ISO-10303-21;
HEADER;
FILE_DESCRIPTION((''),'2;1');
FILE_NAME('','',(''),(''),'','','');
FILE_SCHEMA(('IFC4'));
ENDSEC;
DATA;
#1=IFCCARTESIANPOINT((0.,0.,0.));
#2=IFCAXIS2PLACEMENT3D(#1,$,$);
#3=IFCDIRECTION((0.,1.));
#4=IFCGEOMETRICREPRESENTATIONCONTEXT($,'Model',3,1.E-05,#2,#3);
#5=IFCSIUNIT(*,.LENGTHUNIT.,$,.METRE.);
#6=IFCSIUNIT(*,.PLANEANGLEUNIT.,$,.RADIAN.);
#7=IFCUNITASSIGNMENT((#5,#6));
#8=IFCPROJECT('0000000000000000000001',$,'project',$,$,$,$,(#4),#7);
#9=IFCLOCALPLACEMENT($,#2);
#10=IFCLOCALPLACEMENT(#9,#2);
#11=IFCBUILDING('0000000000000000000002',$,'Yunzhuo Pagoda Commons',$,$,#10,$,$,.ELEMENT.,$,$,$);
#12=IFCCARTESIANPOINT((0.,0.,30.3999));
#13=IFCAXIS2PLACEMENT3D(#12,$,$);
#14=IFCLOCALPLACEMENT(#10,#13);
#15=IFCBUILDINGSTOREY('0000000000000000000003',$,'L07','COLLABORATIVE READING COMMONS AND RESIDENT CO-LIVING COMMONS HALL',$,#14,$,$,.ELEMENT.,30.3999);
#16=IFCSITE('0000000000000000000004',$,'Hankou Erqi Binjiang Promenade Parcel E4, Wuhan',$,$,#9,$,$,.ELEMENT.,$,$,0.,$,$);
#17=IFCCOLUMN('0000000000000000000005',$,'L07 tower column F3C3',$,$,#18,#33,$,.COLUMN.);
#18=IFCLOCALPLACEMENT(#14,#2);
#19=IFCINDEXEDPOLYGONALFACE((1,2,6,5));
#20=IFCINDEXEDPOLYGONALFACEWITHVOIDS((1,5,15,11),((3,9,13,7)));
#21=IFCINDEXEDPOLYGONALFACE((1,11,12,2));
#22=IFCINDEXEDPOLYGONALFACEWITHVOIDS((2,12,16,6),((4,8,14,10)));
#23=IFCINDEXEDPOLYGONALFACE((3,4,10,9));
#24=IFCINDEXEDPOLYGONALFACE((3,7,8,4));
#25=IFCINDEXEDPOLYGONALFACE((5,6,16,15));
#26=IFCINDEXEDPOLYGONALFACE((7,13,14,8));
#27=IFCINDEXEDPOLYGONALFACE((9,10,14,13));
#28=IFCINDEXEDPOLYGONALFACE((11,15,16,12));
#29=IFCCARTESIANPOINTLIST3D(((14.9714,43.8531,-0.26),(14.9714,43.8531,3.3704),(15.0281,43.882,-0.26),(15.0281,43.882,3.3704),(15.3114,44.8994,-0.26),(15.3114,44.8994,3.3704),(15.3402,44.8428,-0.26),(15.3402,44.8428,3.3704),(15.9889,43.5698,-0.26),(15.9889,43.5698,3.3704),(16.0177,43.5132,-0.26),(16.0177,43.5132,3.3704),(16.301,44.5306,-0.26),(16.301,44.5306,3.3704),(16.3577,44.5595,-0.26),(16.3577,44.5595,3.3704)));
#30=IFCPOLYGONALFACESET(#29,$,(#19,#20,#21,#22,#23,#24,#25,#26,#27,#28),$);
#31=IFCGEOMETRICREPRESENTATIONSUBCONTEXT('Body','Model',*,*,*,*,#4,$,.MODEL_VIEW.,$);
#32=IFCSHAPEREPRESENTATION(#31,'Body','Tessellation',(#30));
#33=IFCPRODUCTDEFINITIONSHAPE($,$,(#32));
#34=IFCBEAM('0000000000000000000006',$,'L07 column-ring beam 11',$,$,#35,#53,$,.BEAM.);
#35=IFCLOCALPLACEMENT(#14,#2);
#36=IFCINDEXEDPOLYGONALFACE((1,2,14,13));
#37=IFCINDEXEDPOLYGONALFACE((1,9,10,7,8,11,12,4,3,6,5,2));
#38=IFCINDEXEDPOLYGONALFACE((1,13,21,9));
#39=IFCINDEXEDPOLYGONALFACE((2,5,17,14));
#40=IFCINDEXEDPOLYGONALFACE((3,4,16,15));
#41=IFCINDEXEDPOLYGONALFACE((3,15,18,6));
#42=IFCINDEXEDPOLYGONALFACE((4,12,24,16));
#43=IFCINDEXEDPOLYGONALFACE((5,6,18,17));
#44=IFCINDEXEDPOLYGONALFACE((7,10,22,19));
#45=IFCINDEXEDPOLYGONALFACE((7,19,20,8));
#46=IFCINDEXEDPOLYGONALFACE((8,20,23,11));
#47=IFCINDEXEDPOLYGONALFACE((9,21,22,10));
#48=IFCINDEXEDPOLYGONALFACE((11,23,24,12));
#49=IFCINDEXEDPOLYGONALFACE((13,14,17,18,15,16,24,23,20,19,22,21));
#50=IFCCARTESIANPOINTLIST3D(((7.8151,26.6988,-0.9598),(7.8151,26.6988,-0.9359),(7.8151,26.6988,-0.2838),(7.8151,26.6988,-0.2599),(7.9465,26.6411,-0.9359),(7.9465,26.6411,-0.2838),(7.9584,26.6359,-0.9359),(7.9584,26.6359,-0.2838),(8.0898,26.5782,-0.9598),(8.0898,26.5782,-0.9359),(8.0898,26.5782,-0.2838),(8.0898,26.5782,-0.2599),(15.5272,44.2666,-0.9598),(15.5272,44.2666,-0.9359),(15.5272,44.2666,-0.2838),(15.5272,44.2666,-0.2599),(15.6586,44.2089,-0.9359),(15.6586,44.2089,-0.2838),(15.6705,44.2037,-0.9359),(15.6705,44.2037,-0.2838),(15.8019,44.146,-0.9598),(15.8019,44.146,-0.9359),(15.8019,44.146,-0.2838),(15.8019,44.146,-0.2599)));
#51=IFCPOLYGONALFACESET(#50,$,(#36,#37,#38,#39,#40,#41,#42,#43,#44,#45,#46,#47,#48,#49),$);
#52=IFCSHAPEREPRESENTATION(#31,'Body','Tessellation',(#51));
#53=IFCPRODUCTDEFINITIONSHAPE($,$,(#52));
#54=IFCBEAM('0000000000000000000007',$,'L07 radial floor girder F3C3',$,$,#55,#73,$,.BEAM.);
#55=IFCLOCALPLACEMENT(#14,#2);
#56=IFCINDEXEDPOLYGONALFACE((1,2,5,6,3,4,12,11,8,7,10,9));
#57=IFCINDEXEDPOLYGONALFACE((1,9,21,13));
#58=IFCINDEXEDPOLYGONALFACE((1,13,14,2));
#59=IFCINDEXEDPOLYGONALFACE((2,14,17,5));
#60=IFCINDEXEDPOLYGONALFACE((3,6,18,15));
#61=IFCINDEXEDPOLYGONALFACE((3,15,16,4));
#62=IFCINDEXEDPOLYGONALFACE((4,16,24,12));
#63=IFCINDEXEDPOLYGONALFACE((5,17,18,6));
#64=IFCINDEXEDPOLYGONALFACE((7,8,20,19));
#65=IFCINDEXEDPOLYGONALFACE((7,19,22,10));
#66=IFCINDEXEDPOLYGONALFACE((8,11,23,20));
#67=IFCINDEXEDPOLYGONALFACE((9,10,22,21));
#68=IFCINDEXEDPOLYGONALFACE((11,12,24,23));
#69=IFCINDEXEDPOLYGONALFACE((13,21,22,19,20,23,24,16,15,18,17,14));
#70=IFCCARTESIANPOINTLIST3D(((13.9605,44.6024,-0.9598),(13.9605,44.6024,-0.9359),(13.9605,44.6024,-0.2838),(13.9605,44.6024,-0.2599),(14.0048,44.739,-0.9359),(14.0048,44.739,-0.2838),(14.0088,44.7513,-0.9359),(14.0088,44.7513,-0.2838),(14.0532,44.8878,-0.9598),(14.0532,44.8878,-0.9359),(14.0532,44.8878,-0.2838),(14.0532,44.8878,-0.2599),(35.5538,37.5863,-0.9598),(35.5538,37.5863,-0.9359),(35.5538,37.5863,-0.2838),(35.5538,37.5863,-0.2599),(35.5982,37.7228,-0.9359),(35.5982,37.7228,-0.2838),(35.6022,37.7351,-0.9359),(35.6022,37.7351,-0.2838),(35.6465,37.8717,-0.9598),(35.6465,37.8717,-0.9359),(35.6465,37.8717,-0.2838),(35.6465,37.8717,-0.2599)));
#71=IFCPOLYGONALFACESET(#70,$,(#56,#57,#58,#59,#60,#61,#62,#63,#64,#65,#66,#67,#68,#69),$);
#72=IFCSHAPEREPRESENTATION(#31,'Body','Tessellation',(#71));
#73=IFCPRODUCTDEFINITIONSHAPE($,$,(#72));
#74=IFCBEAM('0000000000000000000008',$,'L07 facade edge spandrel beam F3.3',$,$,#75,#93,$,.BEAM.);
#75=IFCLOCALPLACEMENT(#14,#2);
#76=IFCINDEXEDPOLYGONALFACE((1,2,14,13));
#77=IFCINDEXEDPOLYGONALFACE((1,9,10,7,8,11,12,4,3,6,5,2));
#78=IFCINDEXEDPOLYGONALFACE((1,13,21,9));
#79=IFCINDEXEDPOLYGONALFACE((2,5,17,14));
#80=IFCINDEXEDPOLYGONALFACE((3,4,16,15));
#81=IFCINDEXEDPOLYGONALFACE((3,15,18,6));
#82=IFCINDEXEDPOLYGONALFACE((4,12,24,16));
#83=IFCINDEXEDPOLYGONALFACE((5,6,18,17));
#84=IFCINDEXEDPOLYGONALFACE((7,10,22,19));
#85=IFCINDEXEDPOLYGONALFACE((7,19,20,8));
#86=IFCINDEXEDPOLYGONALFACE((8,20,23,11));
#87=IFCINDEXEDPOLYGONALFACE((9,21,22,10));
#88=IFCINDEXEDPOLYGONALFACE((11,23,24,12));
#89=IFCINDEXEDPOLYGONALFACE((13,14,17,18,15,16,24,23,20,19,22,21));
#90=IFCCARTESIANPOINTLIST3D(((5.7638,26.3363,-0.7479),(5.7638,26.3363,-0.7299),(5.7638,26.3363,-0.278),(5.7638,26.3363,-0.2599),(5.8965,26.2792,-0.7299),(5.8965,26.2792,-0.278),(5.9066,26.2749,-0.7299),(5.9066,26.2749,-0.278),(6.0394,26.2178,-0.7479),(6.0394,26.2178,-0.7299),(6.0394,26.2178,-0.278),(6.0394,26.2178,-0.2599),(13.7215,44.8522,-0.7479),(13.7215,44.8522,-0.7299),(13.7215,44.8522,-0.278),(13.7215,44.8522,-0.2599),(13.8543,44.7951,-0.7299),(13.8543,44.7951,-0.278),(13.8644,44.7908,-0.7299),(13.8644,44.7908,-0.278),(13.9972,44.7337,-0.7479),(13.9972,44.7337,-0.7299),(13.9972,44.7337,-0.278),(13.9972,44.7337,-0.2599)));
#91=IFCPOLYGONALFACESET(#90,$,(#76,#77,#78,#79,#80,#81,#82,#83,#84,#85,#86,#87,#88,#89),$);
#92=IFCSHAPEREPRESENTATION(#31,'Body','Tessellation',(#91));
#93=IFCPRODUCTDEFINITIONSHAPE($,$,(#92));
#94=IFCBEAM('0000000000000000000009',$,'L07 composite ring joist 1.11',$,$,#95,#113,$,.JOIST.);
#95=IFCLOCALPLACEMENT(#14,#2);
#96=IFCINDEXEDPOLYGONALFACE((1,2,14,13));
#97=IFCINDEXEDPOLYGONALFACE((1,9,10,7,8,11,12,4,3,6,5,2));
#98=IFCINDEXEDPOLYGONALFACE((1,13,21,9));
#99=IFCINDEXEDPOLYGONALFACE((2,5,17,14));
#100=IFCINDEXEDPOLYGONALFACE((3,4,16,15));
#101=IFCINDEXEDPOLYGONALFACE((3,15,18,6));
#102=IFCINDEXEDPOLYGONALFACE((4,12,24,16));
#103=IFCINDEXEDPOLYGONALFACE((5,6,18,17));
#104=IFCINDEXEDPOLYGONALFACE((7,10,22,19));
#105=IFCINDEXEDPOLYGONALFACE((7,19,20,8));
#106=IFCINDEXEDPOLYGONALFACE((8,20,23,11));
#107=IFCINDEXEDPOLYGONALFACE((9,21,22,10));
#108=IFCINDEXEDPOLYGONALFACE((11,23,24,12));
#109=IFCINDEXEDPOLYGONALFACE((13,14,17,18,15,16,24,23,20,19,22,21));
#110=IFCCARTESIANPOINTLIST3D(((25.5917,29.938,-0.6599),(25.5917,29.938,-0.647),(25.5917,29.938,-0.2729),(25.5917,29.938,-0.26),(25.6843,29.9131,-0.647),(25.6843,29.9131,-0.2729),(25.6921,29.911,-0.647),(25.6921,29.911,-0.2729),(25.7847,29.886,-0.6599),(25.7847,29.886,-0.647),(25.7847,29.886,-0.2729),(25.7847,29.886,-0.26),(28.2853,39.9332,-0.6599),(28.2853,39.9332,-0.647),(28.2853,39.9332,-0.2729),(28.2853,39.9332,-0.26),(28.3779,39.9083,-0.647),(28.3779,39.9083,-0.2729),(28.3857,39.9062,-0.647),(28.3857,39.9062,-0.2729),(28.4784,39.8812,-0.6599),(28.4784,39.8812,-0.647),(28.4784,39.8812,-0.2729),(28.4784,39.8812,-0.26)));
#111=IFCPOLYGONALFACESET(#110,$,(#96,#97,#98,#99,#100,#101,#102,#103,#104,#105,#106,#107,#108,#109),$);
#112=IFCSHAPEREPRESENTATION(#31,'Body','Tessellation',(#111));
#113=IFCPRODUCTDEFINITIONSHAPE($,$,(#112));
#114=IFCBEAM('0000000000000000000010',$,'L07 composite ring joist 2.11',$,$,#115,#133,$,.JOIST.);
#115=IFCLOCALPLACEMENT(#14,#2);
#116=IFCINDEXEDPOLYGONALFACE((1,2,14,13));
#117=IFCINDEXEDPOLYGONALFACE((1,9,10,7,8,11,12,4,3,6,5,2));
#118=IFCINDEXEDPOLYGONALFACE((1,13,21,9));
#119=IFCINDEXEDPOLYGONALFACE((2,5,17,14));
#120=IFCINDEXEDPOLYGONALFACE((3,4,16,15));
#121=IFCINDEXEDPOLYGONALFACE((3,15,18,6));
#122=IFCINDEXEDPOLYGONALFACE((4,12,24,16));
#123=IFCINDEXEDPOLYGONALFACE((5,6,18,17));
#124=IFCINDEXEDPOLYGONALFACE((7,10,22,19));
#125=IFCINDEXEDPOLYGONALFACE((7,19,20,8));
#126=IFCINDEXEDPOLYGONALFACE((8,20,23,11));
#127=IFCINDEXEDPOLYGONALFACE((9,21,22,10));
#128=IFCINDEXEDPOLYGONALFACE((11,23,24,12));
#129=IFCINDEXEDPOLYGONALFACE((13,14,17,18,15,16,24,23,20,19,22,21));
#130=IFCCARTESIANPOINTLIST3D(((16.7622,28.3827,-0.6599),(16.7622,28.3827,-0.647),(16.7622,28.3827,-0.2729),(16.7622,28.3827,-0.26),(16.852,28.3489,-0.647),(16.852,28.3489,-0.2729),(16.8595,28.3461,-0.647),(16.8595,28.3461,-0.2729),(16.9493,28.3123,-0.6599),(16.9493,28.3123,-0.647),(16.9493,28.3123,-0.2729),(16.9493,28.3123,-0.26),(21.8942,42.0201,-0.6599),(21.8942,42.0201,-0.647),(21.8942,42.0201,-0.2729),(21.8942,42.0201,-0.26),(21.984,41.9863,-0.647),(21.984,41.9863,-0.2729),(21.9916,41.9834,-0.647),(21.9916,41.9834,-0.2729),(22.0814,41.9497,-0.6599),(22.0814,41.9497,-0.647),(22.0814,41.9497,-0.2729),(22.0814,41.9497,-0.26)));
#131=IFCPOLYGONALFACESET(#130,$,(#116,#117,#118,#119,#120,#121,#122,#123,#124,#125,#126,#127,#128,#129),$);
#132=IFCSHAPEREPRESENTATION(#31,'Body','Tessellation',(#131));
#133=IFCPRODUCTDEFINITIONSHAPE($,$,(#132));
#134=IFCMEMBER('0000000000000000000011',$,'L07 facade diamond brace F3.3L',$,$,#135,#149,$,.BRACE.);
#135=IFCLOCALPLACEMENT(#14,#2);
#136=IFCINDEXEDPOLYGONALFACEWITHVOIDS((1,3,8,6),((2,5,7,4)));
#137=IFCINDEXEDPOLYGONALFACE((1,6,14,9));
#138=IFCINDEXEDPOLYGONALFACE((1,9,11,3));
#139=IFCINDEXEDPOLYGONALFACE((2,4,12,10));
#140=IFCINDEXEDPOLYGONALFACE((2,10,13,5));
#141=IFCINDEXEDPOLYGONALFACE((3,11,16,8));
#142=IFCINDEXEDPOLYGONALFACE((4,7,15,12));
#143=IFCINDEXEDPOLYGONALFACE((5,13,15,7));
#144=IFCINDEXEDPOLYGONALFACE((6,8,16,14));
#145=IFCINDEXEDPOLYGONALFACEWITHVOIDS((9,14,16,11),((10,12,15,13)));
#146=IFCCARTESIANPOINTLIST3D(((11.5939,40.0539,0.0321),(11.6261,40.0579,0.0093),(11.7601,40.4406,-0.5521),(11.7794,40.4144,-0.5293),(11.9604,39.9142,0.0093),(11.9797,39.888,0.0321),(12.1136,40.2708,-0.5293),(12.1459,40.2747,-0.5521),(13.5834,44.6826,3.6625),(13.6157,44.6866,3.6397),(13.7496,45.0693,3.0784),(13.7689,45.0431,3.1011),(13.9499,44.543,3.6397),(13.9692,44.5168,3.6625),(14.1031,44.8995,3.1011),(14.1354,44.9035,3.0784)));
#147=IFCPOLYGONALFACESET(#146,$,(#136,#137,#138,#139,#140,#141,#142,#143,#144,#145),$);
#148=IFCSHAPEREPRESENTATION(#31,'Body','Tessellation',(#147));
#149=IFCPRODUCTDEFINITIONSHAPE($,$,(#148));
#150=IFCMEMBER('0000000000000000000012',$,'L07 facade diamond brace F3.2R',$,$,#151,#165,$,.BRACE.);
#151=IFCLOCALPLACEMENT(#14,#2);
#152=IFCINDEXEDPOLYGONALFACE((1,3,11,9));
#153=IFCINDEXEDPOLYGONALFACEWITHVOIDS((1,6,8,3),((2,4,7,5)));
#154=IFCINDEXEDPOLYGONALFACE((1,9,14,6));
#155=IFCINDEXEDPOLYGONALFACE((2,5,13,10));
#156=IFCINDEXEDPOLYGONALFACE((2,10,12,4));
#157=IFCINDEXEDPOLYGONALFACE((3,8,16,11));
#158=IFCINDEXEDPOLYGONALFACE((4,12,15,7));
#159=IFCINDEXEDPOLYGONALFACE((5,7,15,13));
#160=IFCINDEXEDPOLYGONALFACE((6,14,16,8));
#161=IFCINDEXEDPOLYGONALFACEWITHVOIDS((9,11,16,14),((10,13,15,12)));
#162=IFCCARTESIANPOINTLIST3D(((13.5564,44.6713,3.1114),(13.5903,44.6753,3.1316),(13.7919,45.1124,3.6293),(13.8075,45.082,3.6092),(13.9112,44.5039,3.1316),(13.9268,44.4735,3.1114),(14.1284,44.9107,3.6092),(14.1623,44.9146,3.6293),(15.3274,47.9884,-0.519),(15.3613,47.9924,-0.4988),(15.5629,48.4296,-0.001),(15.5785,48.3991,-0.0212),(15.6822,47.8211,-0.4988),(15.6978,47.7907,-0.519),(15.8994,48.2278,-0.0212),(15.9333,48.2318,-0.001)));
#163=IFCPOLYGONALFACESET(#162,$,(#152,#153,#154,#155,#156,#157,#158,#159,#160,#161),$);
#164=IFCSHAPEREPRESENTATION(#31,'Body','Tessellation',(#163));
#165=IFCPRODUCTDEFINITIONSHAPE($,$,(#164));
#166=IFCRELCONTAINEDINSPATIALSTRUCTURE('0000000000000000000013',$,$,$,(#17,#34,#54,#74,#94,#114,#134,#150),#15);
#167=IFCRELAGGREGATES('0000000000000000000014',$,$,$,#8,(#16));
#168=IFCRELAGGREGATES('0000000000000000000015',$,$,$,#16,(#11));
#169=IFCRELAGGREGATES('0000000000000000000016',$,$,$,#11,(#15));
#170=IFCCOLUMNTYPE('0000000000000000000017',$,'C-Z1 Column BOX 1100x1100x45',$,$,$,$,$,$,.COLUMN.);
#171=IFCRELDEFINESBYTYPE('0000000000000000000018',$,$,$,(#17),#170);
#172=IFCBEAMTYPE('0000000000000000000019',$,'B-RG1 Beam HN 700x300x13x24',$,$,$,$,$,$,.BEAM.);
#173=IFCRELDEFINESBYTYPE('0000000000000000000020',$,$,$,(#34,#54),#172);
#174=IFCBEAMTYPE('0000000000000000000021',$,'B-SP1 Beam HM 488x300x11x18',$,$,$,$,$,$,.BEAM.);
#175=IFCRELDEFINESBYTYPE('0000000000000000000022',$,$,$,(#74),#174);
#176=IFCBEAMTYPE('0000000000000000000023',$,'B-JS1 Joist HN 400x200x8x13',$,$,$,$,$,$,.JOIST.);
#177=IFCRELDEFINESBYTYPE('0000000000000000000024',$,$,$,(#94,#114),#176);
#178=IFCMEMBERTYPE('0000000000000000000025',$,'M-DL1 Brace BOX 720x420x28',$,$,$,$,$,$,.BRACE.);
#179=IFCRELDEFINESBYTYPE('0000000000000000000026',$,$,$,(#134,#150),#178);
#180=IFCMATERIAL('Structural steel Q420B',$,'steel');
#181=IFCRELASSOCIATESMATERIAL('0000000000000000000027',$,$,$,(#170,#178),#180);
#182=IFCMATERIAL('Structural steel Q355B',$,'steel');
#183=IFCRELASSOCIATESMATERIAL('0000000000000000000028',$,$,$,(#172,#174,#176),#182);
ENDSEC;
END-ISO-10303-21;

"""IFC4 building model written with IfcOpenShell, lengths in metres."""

from ifc_helpers import new_model, si_unit, direction, frame, origin, origin_2d, place, context, subcontext, project, spatial, hollow_rectangle, i_section, extrude, source, transform, mapped, material, material_profile, profile_set, type_object, element, save


model = new_model("IFC4")

# Units and contexts
model_context = context("Model", 3, precision=1e-05, world=origin(), true_north=direction((0.0, 1.0)))
body_context = subcontext(model_context, "Body", "Model", "MODEL_VIEW")
ifc_project = project(units=[si_unit("LENGTHUNIT", "METRE"), si_unit("PLANEANGLEUNIT", "RADIAN")], contexts=[model_context])

# Site, building, storey
site_placement = place(None, origin())
site = spatial("IfcSite", under=ifc_project, at=site_placement, Name="Hankou Erqi Binjiang Promenade Parcel E4, Wuhan", CompositionType="ELEMENT", RefElevation=0.0)
building_placement = place(site_placement, origin())
building = spatial("IfcBuilding", under=site, at=building_placement, Name="Yunzhuo Pagoda Commons", CompositionType="ELEMENT")
storey_placement = place(building_placement, frame((0.0, 0.0, 30.3999)))
storey = spatial("IfcBuildingStorey", under=building, at=storey_placement, Name="L07", Description="COLLABORATIVE READING COMMONS AND RESIDENT CO-LIVING COMMONS HALL", CompositionType="ELEMENT", Elevation=30.3999)

# Column
ifc_material_1 = material(Name="Structural steel Q420B", Category="steel")
ifc_material_profile_1 = material_profile(ifc_material_1, hollow_rectangle(XDim=1.1001, YDim=1.1001, WallThickness=0.0449, at=origin_2d()), Name="Structural steel Q420B")
ifc_profile_set_1 = profile_set([ifc_material_profile_1], Name="Structural steel Q420B")
column_type = type_object("IfcColumnType", Name="C-Z1 Column BOX 1100x1100x45", PredefinedType="COLUMN", material=ifc_profile_set_1)
shared_shape_1 = source(origin(), body_context, "Body", "SweptSolid", [
    extrude(hollow_rectangle(XDim=1.1001, YDim=1.1001, WallThickness=0.0449, at=origin_2d()), origin(), (0.0, 0.0, 1.0), 3.6304),
])
column_placement = place(storey_placement, frame((15.6646, 44.2063, -0.26), z_axis=(0.0, 0.0, 1.0), x_axis=(-0.309017, -0.951057, 0.0)))
element("IfcColumn", 1, at=column_placement, inside=storey, type_object=column_type, Name="L07 tower column F3C3", PredefinedType="COLUMN", context=body_context, shape_type="MappedRepresentation", body=[
    mapped(shared_shape_1, transform((0.0, 0.0, 0.0), scale=1.0)),
])

# Beams
ifc_material_2 = material(Name="Structural steel Q355B", Category="steel")
ifc_material_profile_2 = material_profile(ifc_material_2, i_section(OverallWidth=0.3, OverallDepth=0.7, WebThickness=0.0129, FlangeThickness=0.0239, at=origin_2d()), Name="Structural steel Q355B")
ifc_profile_set_2 = profile_set([ifc_material_profile_2], Name="Structural steel Q355B")
beam_type_1 = type_object("IfcBeamType", Name="B-RG1 Beam HN 700x300x13x24", PredefinedType="BEAM", material=ifc_profile_set_2)
shared_shape_2 = source(origin(), body_context, "Body", "SweptSolid", [
    extrude(i_section(OverallWidth=0.3, OverallDepth=0.7, WebThickness=0.0129, FlangeThickness=0.0239, at=origin_2d()), origin(), (0.0, 0.0, 1.0), 19.186),
])
beam_1_placement = place(storey_placement, frame((15.6646, 44.2063, -0.6099), z_axis=(-0.401965, -0.915655, 0.0), x_axis=(0.915655, -0.401965, 0.0)))
element("IfcBeam", 2, at=beam_1_placement, inside=storey, type_object=beam_type_1, Name="L07 column-ring beam 11", PredefinedType="BEAM", context=body_context, shape_type="MappedRepresentation", body=[
    mapped(shared_shape_2, transform((0.0, 0.0, 0.0), scale=1.0)),
])
shared_shape_3 = source(origin(), body_context, "Body", "SweptSolid", [
    extrude(i_section(OverallWidth=0.3, OverallDepth=0.7, WebThickness=0.0129, FlangeThickness=0.0239, at=origin_2d()), origin(), (0.0, 0.0, 1.0), 22.7046),
])
beam_2_placement = place(storey_placement, frame((14.0068, 44.7451, -0.6099), z_axis=(0.951056, -0.309018, 0.0), x_axis=(0.309018, 0.951056, 0.0)))
element("IfcBeam", 3, at=beam_2_placement, inside=storey, type_object=beam_type_1, Name="L07 radial floor girder F3C3", PredefinedType="BEAM", context=body_context, shape_type="MappedRepresentation", body=[
    mapped(shared_shape_3, transform((0.0, 0.0, 0.0), scale=1.0)),
])
ifc_material_profile_3 = material_profile(ifc_material_2, i_section(OverallWidth=0.3, OverallDepth=0.488, WebThickness=0.011, FlangeThickness=0.0181, at=origin_2d()), Name="Structural steel Q355B")
ifc_profile_set_3 = profile_set([ifc_material_profile_3], Name="Structural steel Q355B")
beam_type_2 = type_object("IfcBeamType", Name="B-SP1 Beam HM 488x300x11x18", PredefinedType="BEAM", material=ifc_profile_set_3)
shared_shape_4 = source(origin(), body_context, "Body", "SweptSolid", [
    extrude(i_section(OverallWidth=0.3, OverallDepth=0.488, WebThickness=0.011, FlangeThickness=0.0181, at=origin_2d()), origin(), (0.0, 0.0, 1.0), 20.1536),
])
beam_3_placement = place(storey_placement, frame((13.8594, 44.793, -0.5039), z_axis=(-0.394858, -0.918742, 0.0), x_axis=(0.918742, -0.394858, 0.0)))
element("IfcBeam", 4, at=beam_3_placement, inside=storey, type_object=beam_type_2, Name="L07 facade edge spandrel beam F3.3", PredefinedType="BEAM", context=body_context, shape_type="MappedRepresentation", body=[
    mapped(shared_shape_4, transform((0.0, 0.0, 0.0), scale=1.0)),
])
ifc_material_profile_4 = material_profile(ifc_material_2, i_section(OverallWidth=0.2, OverallDepth=0.3999, WebThickness=0.0081, FlangeThickness=0.0129, at=origin_2d()), Name="Structural steel Q355B")
ifc_profile_set_4 = profile_set([ifc_material_profile_4], Name="Structural steel Q355B")
beam_type_3 = type_object("IfcBeamType", Name="B-JS1 Joist HN 400x200x8x13", PredefinedType="JOIST", material=ifc_profile_set_4)
shared_shape_5 = source(origin(), body_context, "Body", "SweptSolid", [
    extrude(i_section(OverallWidth=0.2, OverallDepth=0.3999, WebThickness=0.0081, FlangeThickness=0.0129, at=origin_2d()), origin(), (0.0, 0.0, 1.0), 10.3518),
])
beam_4_placement = place(storey_placement, frame((28.3818, 39.9072, -0.46), z_axis=(-0.260209, -0.965552, 0.0), x_axis=(0.965552, -0.260209, 0.0)))
element("IfcBeam", 5, at=beam_4_placement, inside=storey, type_object=beam_type_3, Name="L07 composite ring joist 1.11", PredefinedType="JOIST", context=body_context, shape_type="MappedRepresentation", body=[
    mapped(shared_shape_5, transform((0.0, 0.0, 0.0), scale=1.0)),
])
shared_shape_6 = source(origin(), body_context, "Body", "SweptSolid", [
    extrude(i_section(OverallWidth=0.2, OverallDepth=0.3999, WebThickness=0.0081, FlangeThickness=0.0129, at=origin_2d()), origin(), (0.0, 0.0, 1.0), 14.571),
])
beam_5_placement = place(storey_placement, frame((21.9878, 41.9849, -0.46), z_axis=(-0.352208, -0.935922, 0.0), x_axis=(0.935922, -0.352208, 0.0)))
element("IfcBeam", 6, at=beam_5_placement, inside=storey, type_object=beam_type_3, Name="L07 composite ring joist 2.11", PredefinedType="JOIST", context=body_context, shape_type="MappedRepresentation", body=[
    mapped(shared_shape_6, transform((0.0, 0.0, 0.0), scale=1.0)),
])

# Members
ifc_material_profile_5 = material_profile(ifc_material_1, hollow_rectangle(XDim=0.4199, YDim=0.72, WallThickness=0.0281, at=origin_2d()), Name="Structural steel Q420B")
ifc_profile_set_5 = profile_set([ifc_material_profile_5], Name="Structural steel Q420B")
member_type_1 = type_object("IfcMemberType", Name="M-DL1 Brace BOX 720x420x28", PredefinedType="BRACE", material=ifc_profile_set_5)
shared_shape_7 = source(origin(), body_context, "Body", "SweptSolid", [
    extrude(hollow_rectangle(XDim=0.4199, YDim=0.72, WallThickness=0.0281, at=origin_2d()), origin(), (0.0, 0.0, 1.0), 6.21),
])
member_1_placement = place(storey_placement, frame((11.8699, 40.1643, -0.26), z_axis=(0.320378, 0.745374, 0.584615), x_axis=(-0.918728, 0.39489, 0.0)))
element("IfcMember", 7, at=member_1_placement, inside=storey, type_object=member_type_1, Name="L07 facade diamond brace F3.3L", PredefinedType="BRACE", context=body_context, shape_type="MappedRepresentation", body=[
    mapped(shared_shape_7, transform((0.0, 0.0, 0.0), scale=1.0)),
])
shared_shape_8 = source(origin(), body_context, "Body", "SweptSolid", [
    extrude(hollow_rectangle(XDim=0.4199, YDim=0.72, WallThickness=0.0281, at=origin_2d()), origin(), (0.0, 0.0, 1.0), 5.2268),
])
member_2_placement = place(storey_placement, frame((15.6304, 48.1101, -0.26), z_axis=(-0.33883, -0.634641, 0.694569), x_axis=(0.882148, -0.470972, 0.0)))
element("IfcMember", 8, at=member_2_placement, inside=storey, type_object=member_type_1, Name="L07 facade diamond brace F3.2R", PredefinedType="BRACE", context=body_context, shape_type="MappedRepresentation", body=[
    mapped(shared_shape_8, transform((0.0, 0.0, 0.0), scale=1.0)),
])

save(model, "model.ifc")
